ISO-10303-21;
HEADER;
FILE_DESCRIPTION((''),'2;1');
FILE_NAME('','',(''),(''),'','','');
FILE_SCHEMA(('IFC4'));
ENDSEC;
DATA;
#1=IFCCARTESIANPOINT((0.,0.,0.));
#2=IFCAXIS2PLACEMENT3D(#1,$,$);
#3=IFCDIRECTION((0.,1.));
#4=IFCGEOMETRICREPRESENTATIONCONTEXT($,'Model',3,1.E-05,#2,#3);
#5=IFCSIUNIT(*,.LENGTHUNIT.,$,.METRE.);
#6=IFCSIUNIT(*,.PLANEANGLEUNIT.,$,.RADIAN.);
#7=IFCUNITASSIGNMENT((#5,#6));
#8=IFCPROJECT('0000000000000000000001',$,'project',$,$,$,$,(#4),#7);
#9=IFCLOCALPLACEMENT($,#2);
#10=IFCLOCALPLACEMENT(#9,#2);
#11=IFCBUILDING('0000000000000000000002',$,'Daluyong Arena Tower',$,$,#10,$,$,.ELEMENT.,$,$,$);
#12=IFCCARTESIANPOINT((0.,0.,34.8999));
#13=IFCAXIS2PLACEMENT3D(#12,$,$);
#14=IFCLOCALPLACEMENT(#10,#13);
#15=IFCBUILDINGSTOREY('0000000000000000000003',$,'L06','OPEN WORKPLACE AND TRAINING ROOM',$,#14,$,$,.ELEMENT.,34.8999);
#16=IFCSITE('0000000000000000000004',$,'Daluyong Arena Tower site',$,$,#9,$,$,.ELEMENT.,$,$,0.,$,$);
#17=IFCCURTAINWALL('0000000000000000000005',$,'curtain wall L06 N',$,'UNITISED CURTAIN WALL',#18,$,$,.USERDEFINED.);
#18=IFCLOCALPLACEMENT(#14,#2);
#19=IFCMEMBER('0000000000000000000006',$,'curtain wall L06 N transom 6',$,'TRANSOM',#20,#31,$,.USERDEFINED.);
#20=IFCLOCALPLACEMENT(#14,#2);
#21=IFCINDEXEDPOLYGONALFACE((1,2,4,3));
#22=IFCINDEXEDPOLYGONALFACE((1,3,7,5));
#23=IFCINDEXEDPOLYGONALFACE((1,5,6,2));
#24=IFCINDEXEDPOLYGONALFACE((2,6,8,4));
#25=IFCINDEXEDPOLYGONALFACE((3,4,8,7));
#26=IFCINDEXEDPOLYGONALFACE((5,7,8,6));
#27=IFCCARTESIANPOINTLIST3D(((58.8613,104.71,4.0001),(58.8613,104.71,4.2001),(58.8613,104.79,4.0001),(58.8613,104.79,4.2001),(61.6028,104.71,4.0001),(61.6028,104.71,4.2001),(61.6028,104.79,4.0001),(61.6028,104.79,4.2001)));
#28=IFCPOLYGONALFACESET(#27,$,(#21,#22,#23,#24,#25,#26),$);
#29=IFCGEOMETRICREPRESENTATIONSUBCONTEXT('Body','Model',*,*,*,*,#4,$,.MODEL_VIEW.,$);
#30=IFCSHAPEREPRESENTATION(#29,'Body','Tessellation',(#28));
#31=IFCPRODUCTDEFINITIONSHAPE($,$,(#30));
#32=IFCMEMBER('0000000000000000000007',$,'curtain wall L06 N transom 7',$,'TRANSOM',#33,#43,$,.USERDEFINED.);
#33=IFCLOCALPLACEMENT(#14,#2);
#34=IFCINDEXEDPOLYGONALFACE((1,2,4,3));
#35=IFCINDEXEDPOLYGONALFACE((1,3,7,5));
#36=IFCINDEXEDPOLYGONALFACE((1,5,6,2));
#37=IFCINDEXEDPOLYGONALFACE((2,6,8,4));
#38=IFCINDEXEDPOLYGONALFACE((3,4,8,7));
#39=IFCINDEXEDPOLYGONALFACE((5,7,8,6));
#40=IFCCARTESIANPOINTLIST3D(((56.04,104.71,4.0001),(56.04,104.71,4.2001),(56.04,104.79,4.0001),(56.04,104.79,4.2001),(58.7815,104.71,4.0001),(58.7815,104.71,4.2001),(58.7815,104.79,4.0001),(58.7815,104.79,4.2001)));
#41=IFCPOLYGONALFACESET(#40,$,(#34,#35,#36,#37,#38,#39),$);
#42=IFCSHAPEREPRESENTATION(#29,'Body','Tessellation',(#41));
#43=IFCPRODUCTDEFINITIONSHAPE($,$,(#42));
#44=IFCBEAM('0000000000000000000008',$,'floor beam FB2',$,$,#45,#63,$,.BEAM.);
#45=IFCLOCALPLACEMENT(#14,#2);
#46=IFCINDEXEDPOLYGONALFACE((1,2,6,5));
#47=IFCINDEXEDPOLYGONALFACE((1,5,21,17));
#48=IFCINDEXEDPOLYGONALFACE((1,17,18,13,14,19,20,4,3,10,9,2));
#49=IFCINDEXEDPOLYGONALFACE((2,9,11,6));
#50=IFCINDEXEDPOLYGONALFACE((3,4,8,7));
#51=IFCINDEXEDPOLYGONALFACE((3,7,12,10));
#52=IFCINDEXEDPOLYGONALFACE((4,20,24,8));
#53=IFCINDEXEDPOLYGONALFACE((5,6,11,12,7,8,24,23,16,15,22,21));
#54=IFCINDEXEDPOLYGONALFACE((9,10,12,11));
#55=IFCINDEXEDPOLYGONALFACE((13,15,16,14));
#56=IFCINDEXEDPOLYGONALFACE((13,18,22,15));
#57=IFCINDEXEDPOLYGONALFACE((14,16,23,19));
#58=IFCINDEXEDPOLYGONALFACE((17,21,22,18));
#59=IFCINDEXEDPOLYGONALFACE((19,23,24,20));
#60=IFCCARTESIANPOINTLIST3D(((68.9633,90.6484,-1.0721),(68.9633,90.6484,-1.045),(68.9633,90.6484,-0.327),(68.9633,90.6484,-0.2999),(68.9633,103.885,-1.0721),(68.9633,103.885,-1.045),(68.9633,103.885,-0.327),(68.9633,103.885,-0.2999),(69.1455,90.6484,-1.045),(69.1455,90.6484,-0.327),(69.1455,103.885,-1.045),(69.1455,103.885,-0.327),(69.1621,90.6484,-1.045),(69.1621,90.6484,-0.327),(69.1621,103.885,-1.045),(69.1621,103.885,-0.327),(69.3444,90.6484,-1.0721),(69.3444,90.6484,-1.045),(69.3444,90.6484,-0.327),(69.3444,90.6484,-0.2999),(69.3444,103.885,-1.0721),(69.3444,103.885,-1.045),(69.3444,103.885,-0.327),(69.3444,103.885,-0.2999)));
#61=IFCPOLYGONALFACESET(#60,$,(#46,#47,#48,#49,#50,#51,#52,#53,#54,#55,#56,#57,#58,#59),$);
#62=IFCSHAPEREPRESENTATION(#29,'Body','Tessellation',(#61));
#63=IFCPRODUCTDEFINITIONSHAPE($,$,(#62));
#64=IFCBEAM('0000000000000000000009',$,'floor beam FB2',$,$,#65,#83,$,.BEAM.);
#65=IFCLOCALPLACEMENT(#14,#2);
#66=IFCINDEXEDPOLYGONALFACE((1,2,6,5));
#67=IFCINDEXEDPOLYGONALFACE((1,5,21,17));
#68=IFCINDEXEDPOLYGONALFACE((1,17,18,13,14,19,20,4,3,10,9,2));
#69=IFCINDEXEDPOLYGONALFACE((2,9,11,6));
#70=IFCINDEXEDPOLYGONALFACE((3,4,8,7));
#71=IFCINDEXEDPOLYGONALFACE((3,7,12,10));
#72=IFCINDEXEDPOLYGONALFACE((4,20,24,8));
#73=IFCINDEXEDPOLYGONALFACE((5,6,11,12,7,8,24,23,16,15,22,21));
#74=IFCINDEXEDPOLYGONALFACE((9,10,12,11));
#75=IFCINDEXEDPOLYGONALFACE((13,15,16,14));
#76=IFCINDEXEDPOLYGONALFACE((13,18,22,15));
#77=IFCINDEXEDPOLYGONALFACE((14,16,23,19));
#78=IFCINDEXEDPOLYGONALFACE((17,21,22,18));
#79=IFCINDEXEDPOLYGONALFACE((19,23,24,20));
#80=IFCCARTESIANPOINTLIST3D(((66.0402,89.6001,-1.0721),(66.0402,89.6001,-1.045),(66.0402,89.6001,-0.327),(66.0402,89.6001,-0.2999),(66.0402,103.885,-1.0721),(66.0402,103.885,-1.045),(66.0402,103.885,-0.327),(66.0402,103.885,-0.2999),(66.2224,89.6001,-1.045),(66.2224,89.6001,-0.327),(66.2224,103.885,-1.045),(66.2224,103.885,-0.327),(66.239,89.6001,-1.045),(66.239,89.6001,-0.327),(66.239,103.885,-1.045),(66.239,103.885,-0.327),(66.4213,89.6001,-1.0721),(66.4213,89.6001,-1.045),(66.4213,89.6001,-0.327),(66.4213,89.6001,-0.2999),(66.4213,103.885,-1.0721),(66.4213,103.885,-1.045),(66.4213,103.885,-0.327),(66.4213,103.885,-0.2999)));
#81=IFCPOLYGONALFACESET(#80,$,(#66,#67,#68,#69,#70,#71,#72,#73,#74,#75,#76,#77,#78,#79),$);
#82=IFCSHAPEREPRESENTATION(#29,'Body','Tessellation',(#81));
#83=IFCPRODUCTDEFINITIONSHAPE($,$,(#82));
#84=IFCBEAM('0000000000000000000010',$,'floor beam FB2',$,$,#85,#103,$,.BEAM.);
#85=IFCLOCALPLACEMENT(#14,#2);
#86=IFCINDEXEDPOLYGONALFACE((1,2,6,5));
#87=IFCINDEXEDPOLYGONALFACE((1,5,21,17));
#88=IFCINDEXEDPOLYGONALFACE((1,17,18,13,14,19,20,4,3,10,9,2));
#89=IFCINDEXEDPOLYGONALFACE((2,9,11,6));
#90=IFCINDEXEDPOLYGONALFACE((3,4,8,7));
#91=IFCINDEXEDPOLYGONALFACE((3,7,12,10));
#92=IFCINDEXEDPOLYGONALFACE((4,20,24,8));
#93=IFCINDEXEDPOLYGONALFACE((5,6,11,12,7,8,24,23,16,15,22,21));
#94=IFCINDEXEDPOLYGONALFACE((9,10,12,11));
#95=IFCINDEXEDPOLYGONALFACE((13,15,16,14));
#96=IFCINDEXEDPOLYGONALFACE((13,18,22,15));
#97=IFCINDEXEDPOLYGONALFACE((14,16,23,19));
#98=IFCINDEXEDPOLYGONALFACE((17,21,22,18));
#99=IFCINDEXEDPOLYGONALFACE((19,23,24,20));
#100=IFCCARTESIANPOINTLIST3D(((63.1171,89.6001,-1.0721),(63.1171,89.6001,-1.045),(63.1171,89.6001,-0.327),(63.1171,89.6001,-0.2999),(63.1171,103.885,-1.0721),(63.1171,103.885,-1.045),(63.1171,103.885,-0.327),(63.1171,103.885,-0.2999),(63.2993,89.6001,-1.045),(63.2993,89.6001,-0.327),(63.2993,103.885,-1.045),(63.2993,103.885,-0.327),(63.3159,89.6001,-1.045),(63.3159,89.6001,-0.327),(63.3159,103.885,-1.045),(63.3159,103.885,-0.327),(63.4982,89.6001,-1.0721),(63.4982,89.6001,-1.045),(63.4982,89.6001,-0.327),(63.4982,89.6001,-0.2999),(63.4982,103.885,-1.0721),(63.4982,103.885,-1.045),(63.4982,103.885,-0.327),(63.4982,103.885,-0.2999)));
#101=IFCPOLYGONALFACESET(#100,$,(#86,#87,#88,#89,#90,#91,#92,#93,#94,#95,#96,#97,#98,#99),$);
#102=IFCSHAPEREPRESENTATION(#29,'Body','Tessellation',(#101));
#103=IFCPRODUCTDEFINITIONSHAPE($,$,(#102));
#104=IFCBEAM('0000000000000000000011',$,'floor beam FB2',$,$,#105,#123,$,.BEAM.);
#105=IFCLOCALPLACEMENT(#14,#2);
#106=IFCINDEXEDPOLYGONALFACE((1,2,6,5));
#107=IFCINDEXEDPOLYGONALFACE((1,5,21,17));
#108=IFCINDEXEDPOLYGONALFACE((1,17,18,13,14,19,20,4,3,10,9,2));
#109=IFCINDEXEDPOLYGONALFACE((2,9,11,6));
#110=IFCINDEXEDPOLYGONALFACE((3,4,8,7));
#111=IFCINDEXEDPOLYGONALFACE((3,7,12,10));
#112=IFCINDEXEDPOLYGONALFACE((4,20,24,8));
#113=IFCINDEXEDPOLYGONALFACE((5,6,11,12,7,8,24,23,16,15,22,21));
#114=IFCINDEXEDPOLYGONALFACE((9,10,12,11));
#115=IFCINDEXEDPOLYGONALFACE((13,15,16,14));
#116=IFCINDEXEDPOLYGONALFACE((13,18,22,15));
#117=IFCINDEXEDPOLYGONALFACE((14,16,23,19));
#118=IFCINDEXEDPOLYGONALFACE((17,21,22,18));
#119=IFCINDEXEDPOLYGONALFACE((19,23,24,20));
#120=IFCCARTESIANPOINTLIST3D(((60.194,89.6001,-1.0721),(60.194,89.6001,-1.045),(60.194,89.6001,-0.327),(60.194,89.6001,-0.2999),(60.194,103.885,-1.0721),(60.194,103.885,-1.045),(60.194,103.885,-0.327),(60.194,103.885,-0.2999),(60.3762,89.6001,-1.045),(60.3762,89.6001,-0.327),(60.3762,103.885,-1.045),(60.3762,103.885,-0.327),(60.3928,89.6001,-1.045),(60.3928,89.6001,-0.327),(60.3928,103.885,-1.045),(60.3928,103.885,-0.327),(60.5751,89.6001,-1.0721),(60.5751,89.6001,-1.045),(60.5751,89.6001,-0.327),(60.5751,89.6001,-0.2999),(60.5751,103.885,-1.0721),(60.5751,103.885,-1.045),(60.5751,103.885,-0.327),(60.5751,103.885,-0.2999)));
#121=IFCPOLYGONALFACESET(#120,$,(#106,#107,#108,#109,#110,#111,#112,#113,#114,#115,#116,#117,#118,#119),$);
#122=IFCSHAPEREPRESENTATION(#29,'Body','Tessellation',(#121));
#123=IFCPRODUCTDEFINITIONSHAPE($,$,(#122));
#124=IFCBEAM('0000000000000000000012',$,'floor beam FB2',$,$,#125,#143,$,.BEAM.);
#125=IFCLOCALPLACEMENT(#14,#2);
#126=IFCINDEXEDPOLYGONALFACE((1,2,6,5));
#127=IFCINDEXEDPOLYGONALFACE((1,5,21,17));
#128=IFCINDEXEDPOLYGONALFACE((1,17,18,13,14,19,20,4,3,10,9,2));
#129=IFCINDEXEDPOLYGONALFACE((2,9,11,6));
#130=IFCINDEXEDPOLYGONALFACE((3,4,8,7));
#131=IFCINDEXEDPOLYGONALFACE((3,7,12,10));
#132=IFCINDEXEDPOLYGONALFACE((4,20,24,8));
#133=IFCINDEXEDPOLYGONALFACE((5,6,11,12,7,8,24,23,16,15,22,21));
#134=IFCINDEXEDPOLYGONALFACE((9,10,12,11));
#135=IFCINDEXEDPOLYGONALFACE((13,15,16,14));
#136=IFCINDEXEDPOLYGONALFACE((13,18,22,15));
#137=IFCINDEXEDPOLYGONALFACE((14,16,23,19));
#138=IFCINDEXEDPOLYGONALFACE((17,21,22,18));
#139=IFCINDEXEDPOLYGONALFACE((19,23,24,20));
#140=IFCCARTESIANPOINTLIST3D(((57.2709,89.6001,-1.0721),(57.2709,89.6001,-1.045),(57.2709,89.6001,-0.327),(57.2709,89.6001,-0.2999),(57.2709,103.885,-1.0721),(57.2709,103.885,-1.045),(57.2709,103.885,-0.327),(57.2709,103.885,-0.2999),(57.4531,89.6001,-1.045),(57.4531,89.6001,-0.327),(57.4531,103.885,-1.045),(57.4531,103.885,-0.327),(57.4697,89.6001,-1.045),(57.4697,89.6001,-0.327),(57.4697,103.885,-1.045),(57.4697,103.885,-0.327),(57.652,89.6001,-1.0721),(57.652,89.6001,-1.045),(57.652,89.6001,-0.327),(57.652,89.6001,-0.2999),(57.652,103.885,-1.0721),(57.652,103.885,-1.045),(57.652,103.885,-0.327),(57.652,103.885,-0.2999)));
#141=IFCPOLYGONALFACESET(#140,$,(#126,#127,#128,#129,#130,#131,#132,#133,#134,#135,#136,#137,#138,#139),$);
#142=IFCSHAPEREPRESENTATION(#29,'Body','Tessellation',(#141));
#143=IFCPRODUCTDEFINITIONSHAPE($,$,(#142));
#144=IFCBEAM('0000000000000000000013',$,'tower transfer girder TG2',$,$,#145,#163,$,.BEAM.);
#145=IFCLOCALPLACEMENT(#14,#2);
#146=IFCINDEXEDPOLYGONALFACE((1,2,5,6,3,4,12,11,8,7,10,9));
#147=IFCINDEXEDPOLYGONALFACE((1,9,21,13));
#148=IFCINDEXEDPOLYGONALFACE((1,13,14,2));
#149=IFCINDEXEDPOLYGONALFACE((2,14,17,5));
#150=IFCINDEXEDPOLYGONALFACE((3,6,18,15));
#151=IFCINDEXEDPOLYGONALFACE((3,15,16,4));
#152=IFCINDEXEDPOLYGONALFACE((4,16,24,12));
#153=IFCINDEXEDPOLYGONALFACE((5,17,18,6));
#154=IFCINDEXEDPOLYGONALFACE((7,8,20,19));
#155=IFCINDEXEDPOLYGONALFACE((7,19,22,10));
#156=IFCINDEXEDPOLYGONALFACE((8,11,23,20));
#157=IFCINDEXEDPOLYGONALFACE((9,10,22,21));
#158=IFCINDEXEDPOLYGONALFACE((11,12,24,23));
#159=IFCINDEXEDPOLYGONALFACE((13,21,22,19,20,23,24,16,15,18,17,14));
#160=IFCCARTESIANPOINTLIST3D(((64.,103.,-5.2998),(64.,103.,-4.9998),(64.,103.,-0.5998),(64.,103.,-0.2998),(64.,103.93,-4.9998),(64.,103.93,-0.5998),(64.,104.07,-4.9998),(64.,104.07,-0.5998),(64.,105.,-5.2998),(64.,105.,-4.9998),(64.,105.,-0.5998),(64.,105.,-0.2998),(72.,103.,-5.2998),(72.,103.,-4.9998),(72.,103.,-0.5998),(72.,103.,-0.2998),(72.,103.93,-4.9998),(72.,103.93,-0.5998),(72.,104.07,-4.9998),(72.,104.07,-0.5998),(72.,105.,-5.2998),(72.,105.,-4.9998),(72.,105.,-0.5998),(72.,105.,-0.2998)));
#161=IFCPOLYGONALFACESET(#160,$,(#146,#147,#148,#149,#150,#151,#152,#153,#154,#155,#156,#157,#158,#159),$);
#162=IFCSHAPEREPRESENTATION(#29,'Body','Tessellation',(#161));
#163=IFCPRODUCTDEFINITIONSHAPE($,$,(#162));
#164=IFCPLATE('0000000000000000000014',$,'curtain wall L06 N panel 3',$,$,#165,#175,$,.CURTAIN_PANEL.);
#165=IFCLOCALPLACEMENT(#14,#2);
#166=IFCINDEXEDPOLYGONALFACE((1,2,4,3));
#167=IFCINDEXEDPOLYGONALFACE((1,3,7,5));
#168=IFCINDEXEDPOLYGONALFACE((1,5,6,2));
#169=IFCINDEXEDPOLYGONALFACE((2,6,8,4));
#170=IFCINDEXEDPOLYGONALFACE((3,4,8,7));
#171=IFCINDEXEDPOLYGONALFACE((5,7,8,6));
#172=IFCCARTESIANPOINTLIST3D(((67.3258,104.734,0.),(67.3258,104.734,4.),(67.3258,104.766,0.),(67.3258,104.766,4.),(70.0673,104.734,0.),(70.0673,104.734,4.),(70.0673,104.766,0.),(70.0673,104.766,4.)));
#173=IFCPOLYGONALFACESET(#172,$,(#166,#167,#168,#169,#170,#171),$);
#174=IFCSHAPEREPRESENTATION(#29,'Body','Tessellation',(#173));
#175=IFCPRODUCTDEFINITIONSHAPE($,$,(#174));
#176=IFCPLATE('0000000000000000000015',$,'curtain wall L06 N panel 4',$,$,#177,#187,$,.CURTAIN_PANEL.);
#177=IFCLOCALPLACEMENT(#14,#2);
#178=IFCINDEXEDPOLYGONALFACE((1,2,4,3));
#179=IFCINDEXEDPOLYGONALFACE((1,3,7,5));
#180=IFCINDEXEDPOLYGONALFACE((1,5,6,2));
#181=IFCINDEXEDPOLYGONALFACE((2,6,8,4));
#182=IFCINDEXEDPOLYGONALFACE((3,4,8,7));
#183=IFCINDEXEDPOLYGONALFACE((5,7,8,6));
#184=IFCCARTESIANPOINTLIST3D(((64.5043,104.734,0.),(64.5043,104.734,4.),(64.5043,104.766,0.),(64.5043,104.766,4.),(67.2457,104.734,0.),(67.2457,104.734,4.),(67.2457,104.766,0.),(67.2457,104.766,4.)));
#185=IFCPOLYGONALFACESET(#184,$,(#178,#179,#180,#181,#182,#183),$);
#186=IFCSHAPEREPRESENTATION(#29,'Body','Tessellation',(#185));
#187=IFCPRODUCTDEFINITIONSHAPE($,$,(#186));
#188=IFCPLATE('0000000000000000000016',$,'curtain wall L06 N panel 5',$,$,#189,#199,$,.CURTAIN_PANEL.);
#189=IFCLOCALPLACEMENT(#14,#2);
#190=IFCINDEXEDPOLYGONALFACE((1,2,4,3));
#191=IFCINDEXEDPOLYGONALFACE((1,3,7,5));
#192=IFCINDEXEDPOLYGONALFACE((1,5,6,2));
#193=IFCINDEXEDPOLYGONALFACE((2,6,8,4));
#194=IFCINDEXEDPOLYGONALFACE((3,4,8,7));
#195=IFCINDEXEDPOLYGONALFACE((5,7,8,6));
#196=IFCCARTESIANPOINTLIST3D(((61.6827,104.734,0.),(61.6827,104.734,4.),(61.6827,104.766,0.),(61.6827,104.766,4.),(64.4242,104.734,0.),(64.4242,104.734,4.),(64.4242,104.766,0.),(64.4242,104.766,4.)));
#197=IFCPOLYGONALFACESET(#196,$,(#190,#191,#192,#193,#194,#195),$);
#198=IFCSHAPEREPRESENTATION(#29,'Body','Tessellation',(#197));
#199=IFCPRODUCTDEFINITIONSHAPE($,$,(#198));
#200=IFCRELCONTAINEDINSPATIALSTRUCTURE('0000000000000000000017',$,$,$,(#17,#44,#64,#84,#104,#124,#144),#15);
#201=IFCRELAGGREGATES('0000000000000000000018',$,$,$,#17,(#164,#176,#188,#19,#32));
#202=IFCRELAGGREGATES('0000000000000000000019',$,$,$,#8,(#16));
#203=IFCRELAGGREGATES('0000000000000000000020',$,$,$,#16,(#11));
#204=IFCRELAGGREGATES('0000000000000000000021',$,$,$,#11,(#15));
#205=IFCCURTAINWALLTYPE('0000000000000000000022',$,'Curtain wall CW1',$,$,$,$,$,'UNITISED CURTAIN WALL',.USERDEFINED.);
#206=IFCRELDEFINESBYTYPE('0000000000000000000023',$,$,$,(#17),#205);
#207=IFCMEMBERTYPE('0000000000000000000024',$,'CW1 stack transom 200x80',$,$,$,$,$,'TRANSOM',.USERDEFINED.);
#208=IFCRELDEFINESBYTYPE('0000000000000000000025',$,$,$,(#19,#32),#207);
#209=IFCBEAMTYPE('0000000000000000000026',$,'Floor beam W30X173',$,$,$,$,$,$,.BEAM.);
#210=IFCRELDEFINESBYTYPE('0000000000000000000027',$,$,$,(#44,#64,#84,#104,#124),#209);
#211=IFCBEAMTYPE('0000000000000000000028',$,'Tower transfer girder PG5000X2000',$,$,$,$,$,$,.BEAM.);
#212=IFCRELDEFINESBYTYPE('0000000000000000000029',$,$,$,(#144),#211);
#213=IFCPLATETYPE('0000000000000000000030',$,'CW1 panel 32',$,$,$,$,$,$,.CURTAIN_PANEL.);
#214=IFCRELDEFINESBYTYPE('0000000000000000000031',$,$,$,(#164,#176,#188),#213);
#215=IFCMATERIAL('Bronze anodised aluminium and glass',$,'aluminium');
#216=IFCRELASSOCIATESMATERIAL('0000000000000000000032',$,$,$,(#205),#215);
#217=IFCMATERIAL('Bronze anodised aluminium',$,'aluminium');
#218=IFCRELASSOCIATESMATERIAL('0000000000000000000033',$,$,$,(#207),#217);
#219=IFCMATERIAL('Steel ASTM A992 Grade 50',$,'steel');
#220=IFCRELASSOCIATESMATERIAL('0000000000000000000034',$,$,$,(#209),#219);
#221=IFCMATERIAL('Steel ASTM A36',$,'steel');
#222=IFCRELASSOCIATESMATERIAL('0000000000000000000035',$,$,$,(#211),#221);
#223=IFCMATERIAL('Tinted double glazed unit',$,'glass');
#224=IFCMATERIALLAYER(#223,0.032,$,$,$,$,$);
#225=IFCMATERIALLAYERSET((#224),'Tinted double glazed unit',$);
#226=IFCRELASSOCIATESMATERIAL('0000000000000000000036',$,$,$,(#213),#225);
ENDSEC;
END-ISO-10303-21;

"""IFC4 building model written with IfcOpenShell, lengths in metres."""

from ifc_helpers import new_model, si_unit, direction, frame, origin, origin_2d, place, context, subcontext, project, spatial, rectangle, i_section, extrude, material, layer, layer_set, material_profile, profile_set, type_object, element, aggregate, save


model = new_model("IFC4")

# Units and contexts
model_context = context("Model", 3, precision=1e-05, world=origin(), true_north=direction((0.0, 1.0)))
body_context = subcontext(model_context, "Body", "Model", "MODEL_VIEW")
ifc_project = project(units=[si_unit("LENGTHUNIT", "METRE"), si_unit("PLANEANGLEUNIT", "RADIAN")], contexts=[model_context])

# Site, building, storey
site_placement = place(None, origin())
site = spatial("IfcSite", under=ifc_project, at=site_placement, Name="Daluyong Arena Tower site", CompositionType="ELEMENT", RefElevation=0.0)
building_placement = place(site_placement, origin())
building = spatial("IfcBuilding", under=site, at=building_placement, Name="Daluyong Arena Tower", CompositionType="ELEMENT")
storey_placement = place(building_placement, frame((0.0, 0.0, 34.8999)))
storey = spatial("IfcBuildingStorey", under=building, at=storey_placement, Name="L06", Description="OPEN WORKPLACE AND TRAINING ROOM", CompositionType="ELEMENT", Elevation=34.8999)

# Curtain wall, members
ifc_material_1 = material(Name="Bronze anodised aluminium and glass", Category="aluminium")
curtain_wall_type = type_object("IfcCurtainWallType", Name="Curtain wall CW1", ElementType="UNITISED CURTAIN WALL", PredefinedType="USERDEFINED", material=ifc_material_1)
curtain_wall_placement = place(storey_placement, origin())
curtain_wall = element("IfcCurtainWall", 1, at=curtain_wall_placement, inside=storey, type_object=curtain_wall_type, Name="curtain wall L06 N", ObjectType="UNITISED CURTAIN WALL", PredefinedType="USERDEFINED")
ifc_material_2 = material(Name="Bronze anodised aluminium", Category="aluminium")
ifc_material_profile_1 = material_profile(ifc_material_2, rectangle(XDim=0.0801, YDim=0.2, at=origin_2d()))
ifc_profile_set_1 = profile_set([ifc_material_profile_1], Name="Bronze anodised aluminium")
member_type_1 = type_object("IfcMemberType", Name="CW1 stack transom 200x80", ElementType="TRANSOM", PredefinedType="USERDEFINED", material=ifc_profile_set_1)
member_1_placement = place(storey_placement, frame((61.6028, 104.75, 4.1001), z_axis=(-1.0, 0.0, 0.0), x_axis=(0.0, -1.0, 0.0)))
member_1 = element("IfcMember", 2, at=member_1_placement, type_object=member_type_1, Name="curtain wall L06 N transom 6", ObjectType="TRANSOM", PredefinedType="USERDEFINED", context=body_context, shape_type="SweptSolid", body=[
    extrude(rectangle(XDim=0.0801, YDim=0.2, at=origin_2d()), origin(), (0.0, 0.0, 1.0), 2.7415),
])
member_2_placement = place(storey_placement, frame((58.7815, 104.75, 4.1001), z_axis=(-1.0, 0.0, 0.0), x_axis=(0.0, -1.0, 0.0)))
member_2 = element("IfcMember", 3, at=member_2_placement, type_object=member_type_1, Name="curtain wall L06 N transom 7", ObjectType="TRANSOM", PredefinedType="USERDEFINED", context=body_context, shape_type="SweptSolid", body=[
    extrude(rectangle(XDim=0.0801, YDim=0.2, at=origin_2d()), origin(), (0.0, 0.0, 1.0), 2.7415),
])

# Beams
ifc_material_3 = material(Name="Steel ASTM A992 Grade 50", Category="steel")
ifc_material_profile_2 = material_profile(ifc_material_3, i_section(OverallWidth=0.3811, OverallDepth=0.7722, WebThickness=0.0166, FlangeThickness=0.0271, at=origin_2d()))
ifc_profile_set_2 = profile_set([ifc_material_profile_2], Name="Steel ASTM A992 Grade 50")
beam_type_1 = type_object("IfcBeamType", Name="Floor beam W30X173", PredefinedType="BEAM", material=ifc_profile_set_2)
beam_1_placement = place(storey_placement, frame((69.1538, 103.885, -0.686), z_axis=(0.0, -1.0, 0.0), x_axis=(1.0, 0.0, 0.0)))
element("IfcBeam", 4, at=beam_1_placement, inside=storey, type_object=beam_type_1, Name="floor beam FB2", PredefinedType="BEAM", context=body_context, shape_type="SweptSolid", body=[
    extrude(i_section(OverallWidth=0.3811, OverallDepth=0.7722, WebThickness=0.0166, FlangeThickness=0.0271, at=origin_2d()), origin(), (0.0, 0.0, 1.0), 13.2366),
])
for number, where, z_axis, x_axis, name in (
    (5, (66.2307, 103.885, -0.686), (0.0, -1.0, 0.0), (1.0, 0.0, 0.0), "floor beam FB2"),
    (6, (63.3076, 103.885, -0.686), (0.0, -1.0, 0.0), (1.0, 0.0, 0.0), "floor beam FB2"),
    (7, (60.3845, 103.885, -0.686), (0.0, -1.0, 0.0), (1.0, 0.0, 0.0), "floor beam FB2"),
    (8, (57.4614, 103.885, -0.686), (0.0, -1.0, 0.0), (1.0, 0.0, 0.0), "floor beam FB2"),
):
    element("IfcBeam", number, at=place(storey_placement, frame(where, z_axis=z_axis, x_axis=x_axis)), inside=storey, type_object=beam_type_1, Name=name, PredefinedType="BEAM", context=body_context, shape_type="SweptSolid", body=[
        extrude(i_section(OverallWidth=0.3811, OverallDepth=0.7722, WebThickness=0.0166, FlangeThickness=0.0271, at=origin_2d()), origin(), (0.0, 0.0, 1.0), 14.2849),
    ])
ifc_material_4 = material(Name="Steel ASTM A36", Category="steel")
ifc_material_profile_3 = material_profile(ifc_material_4, i_section(OverallWidth=2.0, OverallDepth=5.0, WebThickness=0.14, FlangeThickness=0.3, at=origin_2d()))
ifc_profile_set_3 = profile_set([ifc_material_profile_3], Name="Steel ASTM A36")
beam_type_2 = type_object("IfcBeamType", Name="Tower transfer girder PG5000X2000", PredefinedType="BEAM", material=ifc_profile_set_3)
beam_2_placement = place(storey_placement, frame((64.0, 104.0, -2.7998), z_axis=(1.0, 0.0, 0.0), x_axis=(0.0, 1.0, 0.0)))
element("IfcBeam", 9, at=beam_2_placement, inside=storey, type_object=beam_type_2, Name="tower transfer girder TG2", PredefinedType="BEAM", context=body_context, shape_type="SweptSolid", body=[
    extrude(i_section(OverallWidth=2.0, OverallDepth=5.0, WebThickness=0.14, FlangeThickness=0.3, at=origin_2d()), origin(), (0.0, 0.0, 1.0), 8.0),
])

# Plates
ifc_material_5 = material(Name="Tinted double glazed unit", Category="glass")
ifc_layer_1 = layer(ifc_material_5, 0.032)
ifc_layer_set_1 = layer_set([ifc_layer_1], Name="Tinted double glazed unit")
plate_type = type_object("IfcPlateType", Name="CW1 panel 32", PredefinedType="CURTAIN_PANEL", material=ifc_layer_set_1)
plate_1_placement = place(storey_placement, frame((68.6965, 104.75, 0.0), z_axis=(0.0, 0.0, 1.0), x_axis=(-1.0, 0.0, 0.0)))
plate_1 = element("IfcPlate", 10, at=plate_1_placement, type_object=plate_type, Name="curtain wall L06 N panel 3", PredefinedType="CURTAIN_PANEL", context=body_context, shape_type="SweptSolid", body=[
    extrude(rectangle(XDim=2.7415, YDim=0.032, at=origin_2d()), origin(), (0.0, 0.0, 1.0), 4.0),
])
plate_2_placement = place(storey_placement, frame((65.875, 104.75, 0.0), z_axis=(0.0, 0.0, 1.0), x_axis=(-1.0, 0.0, 0.0)))
plate_2 = element("IfcPlate", 11, at=plate_2_placement, type_object=plate_type, Name="curtain wall L06 N panel 4", PredefinedType="CURTAIN_PANEL", context=body_context, shape_type="SweptSolid", body=[
    extrude(rectangle(XDim=2.7415, YDim=0.032, at=origin_2d()), origin(), (0.0, 0.0, 1.0), 4.0),
])
plate_3_placement = place(storey_placement, frame((63.0535, 104.75, 0.0), z_axis=(0.0, 0.0, 1.0), x_axis=(-1.0, 0.0, 0.0)))
plate_3 = element("IfcPlate", 12, at=plate_3_placement, type_object=plate_type, Name="curtain wall L06 N panel 5", PredefinedType="CURTAIN_PANEL", context=body_context, shape_type="SweptSolid", body=[
    extrude(rectangle(XDim=2.7415, YDim=0.032, at=origin_2d()), origin(), (0.0, 0.0, 1.0), 4.0),
])
aggregate(curtain_wall, [plate_1, plate_2, plate_3, member_1, member_2])

save(model, "model.ifc")
